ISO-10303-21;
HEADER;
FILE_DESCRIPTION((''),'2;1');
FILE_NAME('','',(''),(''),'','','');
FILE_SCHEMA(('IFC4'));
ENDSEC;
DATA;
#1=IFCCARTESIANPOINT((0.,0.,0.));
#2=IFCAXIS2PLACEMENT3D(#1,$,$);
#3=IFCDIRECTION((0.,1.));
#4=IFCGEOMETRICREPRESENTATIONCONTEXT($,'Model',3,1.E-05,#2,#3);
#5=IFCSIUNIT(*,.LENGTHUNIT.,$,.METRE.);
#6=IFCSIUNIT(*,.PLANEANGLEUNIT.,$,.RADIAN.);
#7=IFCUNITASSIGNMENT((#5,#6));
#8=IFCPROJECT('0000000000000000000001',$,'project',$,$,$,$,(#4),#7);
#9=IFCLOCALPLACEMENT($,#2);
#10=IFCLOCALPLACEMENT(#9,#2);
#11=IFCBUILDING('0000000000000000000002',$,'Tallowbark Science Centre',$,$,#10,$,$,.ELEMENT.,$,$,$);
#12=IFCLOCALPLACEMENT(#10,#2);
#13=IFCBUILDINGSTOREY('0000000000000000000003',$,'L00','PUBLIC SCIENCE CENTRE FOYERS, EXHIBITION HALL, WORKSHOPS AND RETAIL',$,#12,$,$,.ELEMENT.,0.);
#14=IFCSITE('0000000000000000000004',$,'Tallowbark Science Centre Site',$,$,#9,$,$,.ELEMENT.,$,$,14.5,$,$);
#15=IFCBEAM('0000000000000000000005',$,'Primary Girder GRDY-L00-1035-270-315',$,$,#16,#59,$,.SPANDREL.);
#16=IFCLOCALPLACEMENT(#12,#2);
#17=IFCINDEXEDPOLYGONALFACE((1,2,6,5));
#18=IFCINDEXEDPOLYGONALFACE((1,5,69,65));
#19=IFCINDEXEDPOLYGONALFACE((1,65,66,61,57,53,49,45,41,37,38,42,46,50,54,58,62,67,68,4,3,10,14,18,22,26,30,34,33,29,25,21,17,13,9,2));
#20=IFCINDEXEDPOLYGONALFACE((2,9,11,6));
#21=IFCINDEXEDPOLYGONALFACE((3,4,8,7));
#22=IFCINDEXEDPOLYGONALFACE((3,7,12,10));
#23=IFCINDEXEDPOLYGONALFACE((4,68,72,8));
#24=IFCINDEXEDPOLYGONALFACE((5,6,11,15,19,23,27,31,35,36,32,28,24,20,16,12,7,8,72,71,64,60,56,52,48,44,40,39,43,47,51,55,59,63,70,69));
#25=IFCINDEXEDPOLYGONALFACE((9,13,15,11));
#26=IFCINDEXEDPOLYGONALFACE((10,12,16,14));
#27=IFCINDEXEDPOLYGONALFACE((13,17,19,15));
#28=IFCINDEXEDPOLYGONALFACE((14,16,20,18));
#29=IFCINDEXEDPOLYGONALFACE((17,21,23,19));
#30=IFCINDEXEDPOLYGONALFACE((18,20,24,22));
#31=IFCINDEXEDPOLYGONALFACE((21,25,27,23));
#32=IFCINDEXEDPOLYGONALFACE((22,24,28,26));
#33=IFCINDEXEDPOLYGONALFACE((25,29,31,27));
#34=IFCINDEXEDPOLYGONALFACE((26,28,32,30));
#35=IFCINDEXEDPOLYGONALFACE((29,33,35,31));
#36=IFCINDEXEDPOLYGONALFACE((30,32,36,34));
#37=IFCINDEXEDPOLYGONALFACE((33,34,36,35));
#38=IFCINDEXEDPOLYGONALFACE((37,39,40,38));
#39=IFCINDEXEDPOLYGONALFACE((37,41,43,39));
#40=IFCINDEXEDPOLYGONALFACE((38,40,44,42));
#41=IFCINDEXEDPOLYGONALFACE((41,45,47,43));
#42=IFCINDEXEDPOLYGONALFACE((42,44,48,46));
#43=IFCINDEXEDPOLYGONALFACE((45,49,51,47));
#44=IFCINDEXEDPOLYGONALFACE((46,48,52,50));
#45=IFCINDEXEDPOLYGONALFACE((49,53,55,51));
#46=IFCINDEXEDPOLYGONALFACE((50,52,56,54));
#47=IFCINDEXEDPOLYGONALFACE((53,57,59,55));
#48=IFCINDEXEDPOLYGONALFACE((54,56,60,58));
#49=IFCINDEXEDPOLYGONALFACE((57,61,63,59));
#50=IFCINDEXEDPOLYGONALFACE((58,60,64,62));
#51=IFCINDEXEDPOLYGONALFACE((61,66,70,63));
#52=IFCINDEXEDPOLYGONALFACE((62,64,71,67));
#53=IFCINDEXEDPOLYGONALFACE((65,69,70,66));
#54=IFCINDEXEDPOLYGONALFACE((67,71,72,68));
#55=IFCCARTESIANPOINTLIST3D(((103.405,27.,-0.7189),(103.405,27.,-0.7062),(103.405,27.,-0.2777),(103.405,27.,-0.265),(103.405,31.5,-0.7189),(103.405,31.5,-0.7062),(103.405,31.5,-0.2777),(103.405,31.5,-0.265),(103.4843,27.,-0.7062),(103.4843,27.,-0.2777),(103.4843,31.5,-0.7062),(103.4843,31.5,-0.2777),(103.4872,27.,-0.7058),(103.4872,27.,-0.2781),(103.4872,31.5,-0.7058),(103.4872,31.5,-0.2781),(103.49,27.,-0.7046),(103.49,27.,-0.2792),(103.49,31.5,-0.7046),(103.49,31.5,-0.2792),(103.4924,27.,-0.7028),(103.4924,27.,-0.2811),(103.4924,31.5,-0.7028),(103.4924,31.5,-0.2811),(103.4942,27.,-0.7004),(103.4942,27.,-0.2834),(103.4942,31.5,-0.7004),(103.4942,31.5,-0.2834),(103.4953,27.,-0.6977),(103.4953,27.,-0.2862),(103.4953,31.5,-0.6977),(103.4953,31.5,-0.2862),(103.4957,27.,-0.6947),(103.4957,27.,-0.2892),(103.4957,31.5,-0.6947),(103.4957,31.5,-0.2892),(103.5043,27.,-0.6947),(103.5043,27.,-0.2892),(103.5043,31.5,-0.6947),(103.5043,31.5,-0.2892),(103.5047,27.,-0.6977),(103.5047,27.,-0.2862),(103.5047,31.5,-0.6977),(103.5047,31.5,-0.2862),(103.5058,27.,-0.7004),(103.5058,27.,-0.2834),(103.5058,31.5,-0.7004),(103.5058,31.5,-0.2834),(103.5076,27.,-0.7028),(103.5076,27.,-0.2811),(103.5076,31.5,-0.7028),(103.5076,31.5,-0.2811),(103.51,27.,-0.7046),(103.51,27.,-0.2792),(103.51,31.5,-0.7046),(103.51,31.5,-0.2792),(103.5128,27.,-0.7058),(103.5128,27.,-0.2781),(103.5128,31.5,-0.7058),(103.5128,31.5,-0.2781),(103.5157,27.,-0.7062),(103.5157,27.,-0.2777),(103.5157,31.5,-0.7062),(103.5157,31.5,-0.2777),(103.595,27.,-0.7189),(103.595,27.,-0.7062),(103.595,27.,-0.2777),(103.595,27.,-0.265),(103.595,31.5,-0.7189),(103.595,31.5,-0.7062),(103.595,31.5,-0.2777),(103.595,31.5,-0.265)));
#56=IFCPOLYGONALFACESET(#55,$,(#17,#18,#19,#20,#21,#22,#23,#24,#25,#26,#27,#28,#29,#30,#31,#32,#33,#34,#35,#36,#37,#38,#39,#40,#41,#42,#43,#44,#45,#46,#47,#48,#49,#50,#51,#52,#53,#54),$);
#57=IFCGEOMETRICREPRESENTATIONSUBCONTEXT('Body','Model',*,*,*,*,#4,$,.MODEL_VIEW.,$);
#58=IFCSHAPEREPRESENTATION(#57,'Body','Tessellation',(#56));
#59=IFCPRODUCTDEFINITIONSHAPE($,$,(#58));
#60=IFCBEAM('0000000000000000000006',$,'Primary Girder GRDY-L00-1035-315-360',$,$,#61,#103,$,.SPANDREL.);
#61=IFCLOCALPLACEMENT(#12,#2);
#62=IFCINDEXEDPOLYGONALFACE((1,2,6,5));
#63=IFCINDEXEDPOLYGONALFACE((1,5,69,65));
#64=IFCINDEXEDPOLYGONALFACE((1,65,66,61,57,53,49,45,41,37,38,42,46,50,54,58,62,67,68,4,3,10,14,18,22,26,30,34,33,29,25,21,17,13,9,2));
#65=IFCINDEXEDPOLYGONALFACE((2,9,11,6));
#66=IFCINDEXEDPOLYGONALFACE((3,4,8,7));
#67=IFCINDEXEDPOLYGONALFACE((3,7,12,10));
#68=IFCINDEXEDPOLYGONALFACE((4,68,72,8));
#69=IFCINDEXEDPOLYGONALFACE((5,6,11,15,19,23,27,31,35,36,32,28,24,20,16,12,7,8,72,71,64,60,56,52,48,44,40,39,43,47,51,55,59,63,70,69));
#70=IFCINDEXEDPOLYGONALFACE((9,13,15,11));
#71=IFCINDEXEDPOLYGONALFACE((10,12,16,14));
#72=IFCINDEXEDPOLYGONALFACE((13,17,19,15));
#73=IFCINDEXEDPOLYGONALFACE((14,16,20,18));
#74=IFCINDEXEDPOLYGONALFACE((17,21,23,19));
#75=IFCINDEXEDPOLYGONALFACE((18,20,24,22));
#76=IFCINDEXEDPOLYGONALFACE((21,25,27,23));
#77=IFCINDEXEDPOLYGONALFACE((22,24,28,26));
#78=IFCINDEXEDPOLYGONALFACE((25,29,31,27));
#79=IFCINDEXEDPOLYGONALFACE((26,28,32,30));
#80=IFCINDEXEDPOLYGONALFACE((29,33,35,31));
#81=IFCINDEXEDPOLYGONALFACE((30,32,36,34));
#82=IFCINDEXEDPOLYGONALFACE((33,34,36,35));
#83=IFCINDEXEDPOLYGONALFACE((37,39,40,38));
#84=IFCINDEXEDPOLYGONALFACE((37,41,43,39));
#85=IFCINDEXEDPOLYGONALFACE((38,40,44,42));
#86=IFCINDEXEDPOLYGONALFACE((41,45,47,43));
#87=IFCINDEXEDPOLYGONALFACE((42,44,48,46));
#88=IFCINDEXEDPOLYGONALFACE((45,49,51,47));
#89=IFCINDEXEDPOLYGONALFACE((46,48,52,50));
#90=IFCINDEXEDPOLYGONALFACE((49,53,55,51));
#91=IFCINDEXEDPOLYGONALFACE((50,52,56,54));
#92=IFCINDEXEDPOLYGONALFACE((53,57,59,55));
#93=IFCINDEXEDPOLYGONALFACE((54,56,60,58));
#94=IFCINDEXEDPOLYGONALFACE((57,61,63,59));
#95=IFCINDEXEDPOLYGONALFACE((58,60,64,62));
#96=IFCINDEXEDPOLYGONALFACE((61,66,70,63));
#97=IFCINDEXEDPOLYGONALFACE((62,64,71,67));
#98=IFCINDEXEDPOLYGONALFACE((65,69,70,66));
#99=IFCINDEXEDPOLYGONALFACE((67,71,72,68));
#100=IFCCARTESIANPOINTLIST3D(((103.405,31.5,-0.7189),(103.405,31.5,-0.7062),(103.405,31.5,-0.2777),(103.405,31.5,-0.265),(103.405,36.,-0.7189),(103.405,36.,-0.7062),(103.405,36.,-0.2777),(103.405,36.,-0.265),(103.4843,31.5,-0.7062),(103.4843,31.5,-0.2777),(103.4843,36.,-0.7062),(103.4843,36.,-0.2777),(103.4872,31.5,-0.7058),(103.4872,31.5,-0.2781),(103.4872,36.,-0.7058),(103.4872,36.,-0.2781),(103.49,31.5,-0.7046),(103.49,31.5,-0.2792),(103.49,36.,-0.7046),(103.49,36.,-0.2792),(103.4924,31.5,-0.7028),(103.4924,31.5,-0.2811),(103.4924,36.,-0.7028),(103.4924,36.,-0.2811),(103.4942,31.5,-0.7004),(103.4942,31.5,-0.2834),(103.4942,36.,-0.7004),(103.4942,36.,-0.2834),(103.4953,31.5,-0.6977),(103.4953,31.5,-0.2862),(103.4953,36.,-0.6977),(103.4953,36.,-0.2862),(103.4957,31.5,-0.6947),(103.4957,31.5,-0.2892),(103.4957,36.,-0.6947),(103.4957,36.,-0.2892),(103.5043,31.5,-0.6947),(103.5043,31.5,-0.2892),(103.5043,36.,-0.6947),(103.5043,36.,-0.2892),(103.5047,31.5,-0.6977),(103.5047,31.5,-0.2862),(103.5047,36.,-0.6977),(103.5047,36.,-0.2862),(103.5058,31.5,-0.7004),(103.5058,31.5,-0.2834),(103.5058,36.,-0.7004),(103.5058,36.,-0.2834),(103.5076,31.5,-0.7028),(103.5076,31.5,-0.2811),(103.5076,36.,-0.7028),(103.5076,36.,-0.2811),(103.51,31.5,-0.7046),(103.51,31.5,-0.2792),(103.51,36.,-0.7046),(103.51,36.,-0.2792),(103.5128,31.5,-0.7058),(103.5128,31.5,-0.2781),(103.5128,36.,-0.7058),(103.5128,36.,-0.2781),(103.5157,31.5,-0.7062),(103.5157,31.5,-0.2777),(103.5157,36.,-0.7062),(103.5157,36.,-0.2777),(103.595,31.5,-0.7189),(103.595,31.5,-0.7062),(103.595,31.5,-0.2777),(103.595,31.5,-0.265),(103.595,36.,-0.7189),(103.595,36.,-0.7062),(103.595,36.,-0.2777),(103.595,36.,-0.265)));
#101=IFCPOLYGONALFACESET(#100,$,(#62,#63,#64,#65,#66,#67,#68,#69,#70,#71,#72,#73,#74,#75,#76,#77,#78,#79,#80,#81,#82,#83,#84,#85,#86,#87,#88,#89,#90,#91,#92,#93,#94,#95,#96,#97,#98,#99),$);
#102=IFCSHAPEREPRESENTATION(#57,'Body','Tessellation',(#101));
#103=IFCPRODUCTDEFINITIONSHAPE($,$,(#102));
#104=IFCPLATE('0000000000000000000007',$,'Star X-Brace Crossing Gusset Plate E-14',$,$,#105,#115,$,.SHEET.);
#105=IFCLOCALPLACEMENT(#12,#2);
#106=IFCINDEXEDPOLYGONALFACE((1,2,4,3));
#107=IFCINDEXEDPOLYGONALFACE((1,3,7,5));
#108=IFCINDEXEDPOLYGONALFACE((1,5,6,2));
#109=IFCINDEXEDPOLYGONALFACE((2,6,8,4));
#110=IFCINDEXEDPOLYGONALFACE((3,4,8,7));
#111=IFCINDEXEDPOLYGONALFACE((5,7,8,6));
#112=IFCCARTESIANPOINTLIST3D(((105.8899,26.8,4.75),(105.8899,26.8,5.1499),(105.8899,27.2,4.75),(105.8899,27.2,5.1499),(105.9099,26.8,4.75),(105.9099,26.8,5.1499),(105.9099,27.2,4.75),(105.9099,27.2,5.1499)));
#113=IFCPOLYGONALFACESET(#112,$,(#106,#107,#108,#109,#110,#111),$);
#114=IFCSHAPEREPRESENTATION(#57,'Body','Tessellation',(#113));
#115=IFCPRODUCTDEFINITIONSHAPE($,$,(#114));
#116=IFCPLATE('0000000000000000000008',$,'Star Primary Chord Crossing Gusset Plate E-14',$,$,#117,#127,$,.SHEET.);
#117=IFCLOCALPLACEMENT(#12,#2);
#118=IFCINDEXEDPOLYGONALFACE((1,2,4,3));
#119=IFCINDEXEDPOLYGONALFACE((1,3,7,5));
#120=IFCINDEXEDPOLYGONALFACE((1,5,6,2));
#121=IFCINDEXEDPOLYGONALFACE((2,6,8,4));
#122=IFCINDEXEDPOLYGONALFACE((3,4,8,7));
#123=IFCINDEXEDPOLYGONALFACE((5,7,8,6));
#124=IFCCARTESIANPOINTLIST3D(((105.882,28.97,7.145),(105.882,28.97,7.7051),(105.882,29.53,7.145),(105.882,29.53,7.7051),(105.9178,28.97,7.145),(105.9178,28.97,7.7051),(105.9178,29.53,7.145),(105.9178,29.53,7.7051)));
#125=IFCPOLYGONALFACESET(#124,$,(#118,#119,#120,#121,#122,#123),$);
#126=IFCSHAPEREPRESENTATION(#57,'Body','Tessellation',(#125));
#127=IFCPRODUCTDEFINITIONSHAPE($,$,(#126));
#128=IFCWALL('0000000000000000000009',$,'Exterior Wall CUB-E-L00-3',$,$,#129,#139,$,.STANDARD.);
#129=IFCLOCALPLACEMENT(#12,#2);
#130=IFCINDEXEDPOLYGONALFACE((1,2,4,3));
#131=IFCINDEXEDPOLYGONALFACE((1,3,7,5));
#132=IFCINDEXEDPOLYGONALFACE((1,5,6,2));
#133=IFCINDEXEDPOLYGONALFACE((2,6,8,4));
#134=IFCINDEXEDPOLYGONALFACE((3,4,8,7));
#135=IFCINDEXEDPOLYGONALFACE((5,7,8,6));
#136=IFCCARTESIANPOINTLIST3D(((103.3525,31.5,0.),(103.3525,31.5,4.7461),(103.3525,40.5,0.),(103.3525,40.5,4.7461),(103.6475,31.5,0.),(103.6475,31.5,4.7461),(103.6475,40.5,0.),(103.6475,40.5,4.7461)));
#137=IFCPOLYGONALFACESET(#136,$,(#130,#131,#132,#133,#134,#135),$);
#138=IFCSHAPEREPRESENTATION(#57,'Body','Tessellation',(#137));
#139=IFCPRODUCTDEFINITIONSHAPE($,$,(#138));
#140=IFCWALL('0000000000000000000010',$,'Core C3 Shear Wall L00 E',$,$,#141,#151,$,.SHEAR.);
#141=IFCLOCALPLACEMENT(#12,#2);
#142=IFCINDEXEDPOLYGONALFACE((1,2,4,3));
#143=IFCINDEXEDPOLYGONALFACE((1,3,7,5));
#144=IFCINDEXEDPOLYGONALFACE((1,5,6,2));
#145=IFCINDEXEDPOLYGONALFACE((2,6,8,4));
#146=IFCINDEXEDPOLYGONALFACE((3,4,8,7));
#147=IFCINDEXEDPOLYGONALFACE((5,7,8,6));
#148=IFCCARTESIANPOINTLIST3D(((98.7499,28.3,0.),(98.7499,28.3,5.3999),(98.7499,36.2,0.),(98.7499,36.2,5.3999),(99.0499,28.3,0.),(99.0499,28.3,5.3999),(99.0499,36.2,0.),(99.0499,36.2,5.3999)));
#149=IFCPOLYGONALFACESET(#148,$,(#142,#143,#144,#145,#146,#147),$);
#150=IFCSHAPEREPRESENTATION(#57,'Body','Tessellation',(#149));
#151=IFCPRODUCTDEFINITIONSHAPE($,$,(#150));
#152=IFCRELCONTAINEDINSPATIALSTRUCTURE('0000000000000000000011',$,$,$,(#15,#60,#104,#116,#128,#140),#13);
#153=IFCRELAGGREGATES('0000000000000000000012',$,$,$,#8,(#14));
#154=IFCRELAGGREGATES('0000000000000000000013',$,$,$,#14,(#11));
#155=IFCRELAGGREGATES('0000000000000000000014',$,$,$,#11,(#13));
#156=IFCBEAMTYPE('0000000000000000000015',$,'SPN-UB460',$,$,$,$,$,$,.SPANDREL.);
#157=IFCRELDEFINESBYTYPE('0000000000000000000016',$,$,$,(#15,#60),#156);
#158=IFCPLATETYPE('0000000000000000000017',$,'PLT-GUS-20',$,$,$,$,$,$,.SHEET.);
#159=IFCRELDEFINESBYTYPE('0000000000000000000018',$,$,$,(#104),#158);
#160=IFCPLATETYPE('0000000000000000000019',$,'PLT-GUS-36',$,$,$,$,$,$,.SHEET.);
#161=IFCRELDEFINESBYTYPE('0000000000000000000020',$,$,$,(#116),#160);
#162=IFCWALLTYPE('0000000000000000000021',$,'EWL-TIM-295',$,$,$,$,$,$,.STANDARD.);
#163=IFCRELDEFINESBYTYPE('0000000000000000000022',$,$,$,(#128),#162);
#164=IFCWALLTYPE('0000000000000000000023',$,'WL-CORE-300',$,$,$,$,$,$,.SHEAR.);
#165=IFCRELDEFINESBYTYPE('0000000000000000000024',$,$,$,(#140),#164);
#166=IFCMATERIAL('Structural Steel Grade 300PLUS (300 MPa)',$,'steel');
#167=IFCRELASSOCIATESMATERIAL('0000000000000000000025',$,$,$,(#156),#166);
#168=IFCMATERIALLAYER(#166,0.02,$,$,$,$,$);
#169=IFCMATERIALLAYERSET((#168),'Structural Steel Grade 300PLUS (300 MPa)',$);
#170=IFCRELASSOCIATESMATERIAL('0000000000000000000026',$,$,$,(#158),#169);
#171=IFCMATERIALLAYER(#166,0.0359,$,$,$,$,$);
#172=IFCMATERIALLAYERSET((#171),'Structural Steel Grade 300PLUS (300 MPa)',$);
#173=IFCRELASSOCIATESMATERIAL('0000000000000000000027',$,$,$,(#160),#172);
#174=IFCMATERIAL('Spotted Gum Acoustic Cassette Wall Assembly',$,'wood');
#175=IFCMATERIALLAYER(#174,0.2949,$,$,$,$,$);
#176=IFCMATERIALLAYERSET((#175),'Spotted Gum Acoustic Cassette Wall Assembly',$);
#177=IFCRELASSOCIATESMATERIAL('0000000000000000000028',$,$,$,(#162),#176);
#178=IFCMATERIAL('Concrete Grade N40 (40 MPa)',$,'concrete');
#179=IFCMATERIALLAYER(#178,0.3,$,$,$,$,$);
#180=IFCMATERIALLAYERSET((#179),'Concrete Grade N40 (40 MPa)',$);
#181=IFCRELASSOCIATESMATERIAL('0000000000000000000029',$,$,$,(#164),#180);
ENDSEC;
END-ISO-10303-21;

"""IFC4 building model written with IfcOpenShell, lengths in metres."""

from ifc_helpers import new_model, si_unit, direction, frame, frame_2d, origin, origin_2d, place, context, subcontext, project, spatial, rectangle, i_section, extrude, material, layer, layer_set, material_profile, profile_set, type_object, element, save


model = new_model("IFC4")

# Units and contexts
model_context = context("Model", 3, precision=1e-05, world=origin(), true_north=direction((0.0, 1.0)))
body_context = subcontext(model_context, "Body", "Model", "MODEL_VIEW")
ifc_project = project(units=[si_unit("LENGTHUNIT", "METRE"), si_unit("PLANEANGLEUNIT", "RADIAN")], contexts=[model_context])

# Site, building, storey
site_placement = place(None, origin())
site = spatial("IfcSite", under=ifc_project, at=site_placement, Name="Tallowbark Science Centre Site", CompositionType="ELEMENT", RefElevation=14.5)
building_placement = place(site_placement, origin())
building = spatial("IfcBuilding", under=site, at=building_placement, Name="Tallowbark Science Centre", CompositionType="ELEMENT")
storey_placement = place(building_placement, origin())
storey = spatial("IfcBuildingStorey", under=building, at=storey_placement, Name="L00", Description="PUBLIC SCIENCE CENTRE FOYERS, EXHIBITION HALL, WORKSHOPS AND RETAIL", CompositionType="ELEMENT", Elevation=0.0)

# Shared definitions
ifc_material_1 = material(Name="Structural Steel Grade 300PLUS (300 MPa)", Category="steel")

# Beams
ifc_material_profile_1 = material_profile(ifc_material_1, i_section(OverallWidth=0.1899, OverallDepth=0.4539, WebThickness=0.0085, FlangeThickness=0.0127, FilletRadius=0.0115, at=origin_2d()), Name="460UB67.1")
ifc_profile_set_1 = profile_set([ifc_material_profile_1], Name="Structural Steel Grade 300PLUS (300 MPa)")
beam_type_1 = type_object("IfcBeamType", Name="SPN-UB460", PredefinedType="SPANDREL", material=ifc_profile_set_1)
for number, where, z_axis, x_axis, name in (
    (1, (103.5, 27.0, -0.4919), (0.0, 1.0, 0.0), (-1.0, 0.0, 0.0), "Primary Girder GRDY-L00-1035-270-315"),
    (2, (103.5, 31.5, -0.4919), (0.0, 1.0, 0.0), (-1.0, 0.0, 0.0), "Primary Girder GRDY-L00-1035-315-360"),
):
    element("IfcBeam", number, at=place(storey_placement, frame(where, z_axis=z_axis, x_axis=x_axis)), inside=storey, type_object=beam_type_1, Name=name, PredefinedType="SPANDREL", context=body_context, shape_type="SweptSolid", body=[
        extrude(i_section(OverallWidth=0.1899, OverallDepth=0.4539, WebThickness=0.0085, FlangeThickness=0.0127, FilletRadius=0.0115, at=origin_2d()), origin(), (0.0, 0.0, 1.0), 4.5),
    ])

# Plates
ifc_layer_1 = layer(ifc_material_1, 0.02)
ifc_layer_set_1 = layer_set([ifc_layer_1], Name="Structural Steel Grade 300PLUS (300 MPa)")
plate_type_1 = type_object("IfcPlateType", Name="PLT-GUS-20", PredefinedType="SHEET", material=ifc_layer_set_1)
plate_1_placement = place(storey_placement, frame((105.8999, 27.0, 4.75), z_axis=(0.0, 0.0, 1.0), x_axis=(0.0, 1.0, 0.0)))
element("IfcPlate", 3, at=plate_1_placement, inside=storey, type_object=plate_type_1, Name="Star X-Brace Crossing Gusset Plate E-14", PredefinedType="SHEET", context=body_context, shape_type="SweptSolid", body=[
    extrude(rectangle(XDim=0.3999, YDim=0.02, at=origin_2d()), origin(), (0.0, 0.0, 1.0), 0.3999),
])
ifc_layer_2 = layer(ifc_material_1, 0.0359)
ifc_layer_set_2 = layer_set([ifc_layer_2], Name="Structural Steel Grade 300PLUS (300 MPa)")
plate_type_2 = type_object("IfcPlateType", Name="PLT-GUS-36", PredefinedType="SHEET", material=ifc_layer_set_2)
plate_2_placement = place(storey_placement, frame((105.8999, 29.25, 7.145), z_axis=(0.0, 0.0, 1.0), x_axis=(0.0, 1.0, 0.0)))
element("IfcPlate", 4, at=plate_2_placement, inside=storey, type_object=plate_type_2, Name="Star Primary Chord Crossing Gusset Plate E-14", PredefinedType="SHEET", context=body_context, shape_type="SweptSolid", body=[
    extrude(rectangle(XDim=0.5601, YDim=0.0359, at=origin_2d()), origin(), (0.0, 0.0, 1.0), 0.5601),
])

# Walls
ifc_material_2 = material(Name="Spotted Gum Acoustic Cassette Wall Assembly", Category="wood")
ifc_layer_3 = layer(ifc_material_2, 0.2949)
ifc_layer_set_3 = layer_set([ifc_layer_3], Name="Spotted Gum Acoustic Cassette Wall Assembly")
wall_type_1 = type_object("IfcWallType", Name="EWL-TIM-295", PredefinedType="STANDARD", material=ifc_layer_set_3)
wall_1_placement = place(storey_placement, frame((103.5, 31.5, 0.0), z_axis=(0.0, 0.0, 1.0), x_axis=(0.0, 1.0, 0.0)))
element("IfcWall", 5, at=wall_1_placement, inside=storey, type_object=wall_type_1, Name="Exterior Wall CUB-E-L00-3", PredefinedType="STANDARD", context=body_context, shape_type="SweptSolid", body=[
    extrude(rectangle(XDim=9.0, YDim=0.2949, at=frame_2d((4.5, 0.0))), origin(), (0.0, 0.0, 1.0), 4.7461),
])
ifc_material_3 = material(Name="Concrete Grade N40 (40 MPa)", Category="concrete")
ifc_layer_4 = layer(ifc_material_3, 0.3)
ifc_layer_set_4 = layer_set([ifc_layer_4], Name="Concrete Grade N40 (40 MPa)")
wall_type_2 = type_object("IfcWallType", Name="WL-CORE-300", PredefinedType="SHEAR", material=ifc_layer_set_4)
wall_2_placement = place(storey_placement, frame((98.8999, 28.3, 0.0), z_axis=(0.0, 0.0, 1.0), x_axis=(0.0, 1.0, 0.0)))
element("IfcWall", 6, at=wall_2_placement, inside=storey, type_object=wall_type_2, Name="Core C3 Shear Wall L00 E", PredefinedType="SHEAR", context=body_context, shape_type="SweptSolid", body=[
    extrude(rectangle(XDim=7.8999, YDim=0.3, at=frame_2d((3.95, 0.0))), origin(), (0.0, 0.0, 1.0), 5.3999),
])

save(model, "model.ifc")
